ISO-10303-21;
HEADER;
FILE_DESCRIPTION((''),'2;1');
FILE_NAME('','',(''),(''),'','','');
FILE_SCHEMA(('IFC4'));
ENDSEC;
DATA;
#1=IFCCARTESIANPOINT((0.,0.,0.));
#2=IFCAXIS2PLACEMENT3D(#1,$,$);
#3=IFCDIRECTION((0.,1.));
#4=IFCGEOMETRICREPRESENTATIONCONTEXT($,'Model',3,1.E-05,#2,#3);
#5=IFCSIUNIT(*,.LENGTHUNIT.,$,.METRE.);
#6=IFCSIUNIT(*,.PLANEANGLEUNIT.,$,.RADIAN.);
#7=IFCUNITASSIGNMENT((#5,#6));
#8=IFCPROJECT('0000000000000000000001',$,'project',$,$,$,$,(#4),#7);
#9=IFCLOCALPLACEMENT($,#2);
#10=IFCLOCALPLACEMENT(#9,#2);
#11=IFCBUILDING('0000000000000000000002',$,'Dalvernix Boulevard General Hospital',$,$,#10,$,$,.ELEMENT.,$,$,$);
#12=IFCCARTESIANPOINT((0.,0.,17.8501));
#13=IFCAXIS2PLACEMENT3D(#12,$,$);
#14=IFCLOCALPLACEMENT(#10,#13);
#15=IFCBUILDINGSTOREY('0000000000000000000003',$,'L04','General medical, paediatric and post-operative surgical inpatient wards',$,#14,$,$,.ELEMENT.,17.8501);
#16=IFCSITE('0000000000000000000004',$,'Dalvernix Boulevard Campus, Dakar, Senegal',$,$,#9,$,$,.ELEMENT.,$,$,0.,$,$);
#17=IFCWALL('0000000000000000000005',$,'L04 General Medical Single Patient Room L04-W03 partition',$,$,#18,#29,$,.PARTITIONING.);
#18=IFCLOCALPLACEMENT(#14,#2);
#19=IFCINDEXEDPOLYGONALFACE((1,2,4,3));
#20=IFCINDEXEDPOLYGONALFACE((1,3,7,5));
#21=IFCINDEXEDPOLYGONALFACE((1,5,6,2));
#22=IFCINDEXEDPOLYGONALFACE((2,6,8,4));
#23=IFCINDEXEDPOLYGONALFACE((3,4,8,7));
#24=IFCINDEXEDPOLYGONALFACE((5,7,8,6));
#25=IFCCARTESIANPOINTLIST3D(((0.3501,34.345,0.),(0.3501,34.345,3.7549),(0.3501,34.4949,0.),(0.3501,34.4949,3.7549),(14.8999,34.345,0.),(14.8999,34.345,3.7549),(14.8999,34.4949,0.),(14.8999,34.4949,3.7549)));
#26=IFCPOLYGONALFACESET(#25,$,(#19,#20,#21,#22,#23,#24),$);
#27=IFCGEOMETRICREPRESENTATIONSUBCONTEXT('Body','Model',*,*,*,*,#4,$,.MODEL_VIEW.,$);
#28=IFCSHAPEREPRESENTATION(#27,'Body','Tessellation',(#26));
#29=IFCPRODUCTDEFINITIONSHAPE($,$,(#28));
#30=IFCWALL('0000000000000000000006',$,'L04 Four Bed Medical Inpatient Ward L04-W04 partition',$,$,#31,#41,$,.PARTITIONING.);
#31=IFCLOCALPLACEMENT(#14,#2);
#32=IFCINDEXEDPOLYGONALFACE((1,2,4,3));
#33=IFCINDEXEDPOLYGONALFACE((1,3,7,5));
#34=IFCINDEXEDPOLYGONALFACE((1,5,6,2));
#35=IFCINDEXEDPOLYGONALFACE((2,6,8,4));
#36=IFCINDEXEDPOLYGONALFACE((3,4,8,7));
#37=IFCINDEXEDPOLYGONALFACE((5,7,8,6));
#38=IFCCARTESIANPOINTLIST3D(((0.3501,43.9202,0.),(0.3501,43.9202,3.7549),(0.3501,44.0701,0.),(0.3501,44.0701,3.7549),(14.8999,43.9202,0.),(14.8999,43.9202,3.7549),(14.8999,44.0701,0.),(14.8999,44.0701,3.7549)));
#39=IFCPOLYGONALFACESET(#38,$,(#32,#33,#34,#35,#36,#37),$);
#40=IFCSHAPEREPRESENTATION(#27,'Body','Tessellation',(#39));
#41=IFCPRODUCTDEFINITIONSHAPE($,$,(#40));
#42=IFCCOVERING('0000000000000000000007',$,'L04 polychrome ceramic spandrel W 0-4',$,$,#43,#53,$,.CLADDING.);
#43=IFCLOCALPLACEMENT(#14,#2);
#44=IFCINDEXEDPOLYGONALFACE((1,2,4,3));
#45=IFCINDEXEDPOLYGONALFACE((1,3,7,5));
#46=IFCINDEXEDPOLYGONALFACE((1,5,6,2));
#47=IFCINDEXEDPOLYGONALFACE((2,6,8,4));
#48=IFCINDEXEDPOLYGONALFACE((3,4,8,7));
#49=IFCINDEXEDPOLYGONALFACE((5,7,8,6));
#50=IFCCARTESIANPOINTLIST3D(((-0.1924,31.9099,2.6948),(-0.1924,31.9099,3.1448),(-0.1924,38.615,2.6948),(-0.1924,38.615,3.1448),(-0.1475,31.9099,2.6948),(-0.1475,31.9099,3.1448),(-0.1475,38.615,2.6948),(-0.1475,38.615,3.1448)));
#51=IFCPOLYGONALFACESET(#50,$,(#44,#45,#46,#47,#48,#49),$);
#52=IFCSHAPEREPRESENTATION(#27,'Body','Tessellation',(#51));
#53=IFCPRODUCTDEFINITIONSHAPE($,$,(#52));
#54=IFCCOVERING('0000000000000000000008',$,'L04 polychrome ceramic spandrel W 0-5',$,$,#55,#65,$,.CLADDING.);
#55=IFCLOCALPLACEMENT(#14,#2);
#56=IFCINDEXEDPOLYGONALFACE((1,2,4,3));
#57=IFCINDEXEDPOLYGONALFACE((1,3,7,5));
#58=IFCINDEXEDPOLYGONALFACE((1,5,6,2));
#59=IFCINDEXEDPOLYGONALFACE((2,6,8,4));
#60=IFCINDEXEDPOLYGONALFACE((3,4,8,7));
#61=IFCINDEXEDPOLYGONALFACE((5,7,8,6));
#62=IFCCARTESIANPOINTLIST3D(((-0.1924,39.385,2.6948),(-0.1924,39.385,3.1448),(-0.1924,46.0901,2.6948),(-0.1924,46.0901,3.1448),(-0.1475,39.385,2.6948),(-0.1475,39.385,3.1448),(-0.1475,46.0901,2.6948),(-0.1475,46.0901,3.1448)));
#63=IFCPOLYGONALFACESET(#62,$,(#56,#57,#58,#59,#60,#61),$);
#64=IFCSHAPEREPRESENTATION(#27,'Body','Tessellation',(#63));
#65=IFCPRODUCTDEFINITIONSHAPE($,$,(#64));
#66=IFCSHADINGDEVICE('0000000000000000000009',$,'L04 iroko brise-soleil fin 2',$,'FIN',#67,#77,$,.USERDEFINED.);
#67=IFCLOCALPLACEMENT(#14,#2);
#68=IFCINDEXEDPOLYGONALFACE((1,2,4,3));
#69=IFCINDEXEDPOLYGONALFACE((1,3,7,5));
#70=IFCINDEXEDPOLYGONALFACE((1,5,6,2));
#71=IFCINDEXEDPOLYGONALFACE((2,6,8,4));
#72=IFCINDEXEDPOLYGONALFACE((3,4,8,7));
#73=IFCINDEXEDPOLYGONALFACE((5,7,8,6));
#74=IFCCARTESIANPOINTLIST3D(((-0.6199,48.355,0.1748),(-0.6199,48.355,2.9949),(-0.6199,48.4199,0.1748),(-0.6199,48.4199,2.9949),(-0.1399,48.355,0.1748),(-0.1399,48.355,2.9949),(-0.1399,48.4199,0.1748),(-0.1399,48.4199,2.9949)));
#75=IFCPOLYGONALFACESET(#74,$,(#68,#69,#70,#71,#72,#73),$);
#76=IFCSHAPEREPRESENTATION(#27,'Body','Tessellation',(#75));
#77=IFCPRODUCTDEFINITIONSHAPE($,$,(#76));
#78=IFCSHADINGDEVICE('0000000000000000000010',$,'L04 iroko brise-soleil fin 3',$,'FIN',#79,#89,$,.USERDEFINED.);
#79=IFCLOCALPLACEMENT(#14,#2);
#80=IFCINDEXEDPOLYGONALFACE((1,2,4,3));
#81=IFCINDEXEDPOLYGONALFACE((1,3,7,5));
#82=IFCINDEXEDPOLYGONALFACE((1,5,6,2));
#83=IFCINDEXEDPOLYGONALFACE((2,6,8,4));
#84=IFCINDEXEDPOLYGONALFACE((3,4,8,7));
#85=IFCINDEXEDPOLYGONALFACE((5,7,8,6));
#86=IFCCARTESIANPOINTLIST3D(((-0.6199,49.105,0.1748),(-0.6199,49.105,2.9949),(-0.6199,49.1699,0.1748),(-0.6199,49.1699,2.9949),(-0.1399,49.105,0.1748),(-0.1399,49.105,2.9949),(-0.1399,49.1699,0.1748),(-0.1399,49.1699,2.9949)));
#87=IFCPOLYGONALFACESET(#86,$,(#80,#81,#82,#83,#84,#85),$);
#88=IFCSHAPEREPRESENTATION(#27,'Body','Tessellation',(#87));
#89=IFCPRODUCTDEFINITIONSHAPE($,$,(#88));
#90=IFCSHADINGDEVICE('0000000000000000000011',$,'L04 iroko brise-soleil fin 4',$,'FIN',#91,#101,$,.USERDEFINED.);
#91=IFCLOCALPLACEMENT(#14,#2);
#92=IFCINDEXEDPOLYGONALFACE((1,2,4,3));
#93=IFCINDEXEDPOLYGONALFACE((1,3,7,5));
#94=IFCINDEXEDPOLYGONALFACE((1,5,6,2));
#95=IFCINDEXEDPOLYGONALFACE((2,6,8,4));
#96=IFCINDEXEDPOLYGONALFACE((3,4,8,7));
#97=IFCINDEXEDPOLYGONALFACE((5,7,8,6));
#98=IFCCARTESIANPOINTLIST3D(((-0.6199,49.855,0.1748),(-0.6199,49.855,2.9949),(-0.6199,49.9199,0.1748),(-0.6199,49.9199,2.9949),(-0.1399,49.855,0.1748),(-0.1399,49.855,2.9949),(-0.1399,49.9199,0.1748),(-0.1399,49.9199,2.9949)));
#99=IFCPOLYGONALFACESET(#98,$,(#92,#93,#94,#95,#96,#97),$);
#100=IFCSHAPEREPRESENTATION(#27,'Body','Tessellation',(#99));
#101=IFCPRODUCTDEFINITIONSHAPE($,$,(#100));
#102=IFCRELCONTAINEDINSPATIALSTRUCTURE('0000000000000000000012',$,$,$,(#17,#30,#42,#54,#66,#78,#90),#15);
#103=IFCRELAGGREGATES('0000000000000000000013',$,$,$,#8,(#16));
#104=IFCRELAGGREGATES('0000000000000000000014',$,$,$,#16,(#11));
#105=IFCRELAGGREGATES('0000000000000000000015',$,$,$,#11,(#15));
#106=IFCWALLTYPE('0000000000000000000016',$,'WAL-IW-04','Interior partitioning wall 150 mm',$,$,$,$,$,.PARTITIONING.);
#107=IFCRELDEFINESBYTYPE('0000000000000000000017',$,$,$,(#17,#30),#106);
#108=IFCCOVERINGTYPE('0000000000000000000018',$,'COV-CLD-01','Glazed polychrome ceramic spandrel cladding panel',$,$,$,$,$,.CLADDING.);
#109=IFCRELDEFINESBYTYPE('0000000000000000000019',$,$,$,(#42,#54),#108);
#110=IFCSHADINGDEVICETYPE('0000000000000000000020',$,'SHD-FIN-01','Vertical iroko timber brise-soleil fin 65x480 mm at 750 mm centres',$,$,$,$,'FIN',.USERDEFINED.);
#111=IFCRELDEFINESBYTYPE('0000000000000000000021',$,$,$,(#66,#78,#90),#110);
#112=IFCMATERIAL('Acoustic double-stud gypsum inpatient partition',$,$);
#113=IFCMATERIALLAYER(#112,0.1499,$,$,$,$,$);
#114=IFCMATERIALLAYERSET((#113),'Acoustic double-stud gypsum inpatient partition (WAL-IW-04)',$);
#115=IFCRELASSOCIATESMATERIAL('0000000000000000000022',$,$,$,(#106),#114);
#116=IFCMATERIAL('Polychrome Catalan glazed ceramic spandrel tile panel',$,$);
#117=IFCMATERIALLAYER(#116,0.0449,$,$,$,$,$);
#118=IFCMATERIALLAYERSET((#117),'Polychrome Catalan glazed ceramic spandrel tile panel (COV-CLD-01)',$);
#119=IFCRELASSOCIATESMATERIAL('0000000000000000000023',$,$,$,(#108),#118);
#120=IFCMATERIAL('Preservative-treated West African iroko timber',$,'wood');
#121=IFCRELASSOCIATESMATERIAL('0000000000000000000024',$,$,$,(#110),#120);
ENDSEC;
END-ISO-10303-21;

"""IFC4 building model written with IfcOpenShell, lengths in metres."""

from ifc_helpers import new_model, si_unit, direction, frame, frame_2d, origin, origin_2d, place, context, subcontext, project, spatial, rectangle, extrude, material, layer, layer_set, type_object, element, save


model = new_model("IFC4")

# Units and contexts
model_context = context("Model", 3, precision=1e-05, world=origin(), true_north=direction((0.0, 1.0)))
body_context = subcontext(model_context, "Body", "Model", "MODEL_VIEW")
ifc_project = project(units=[si_unit("LENGTHUNIT", "METRE"), si_unit("PLANEANGLEUNIT", "RADIAN")], contexts=[model_context])

# Site, building, storey
site_placement = place(None, origin())
site = spatial("IfcSite", under=ifc_project, at=site_placement, Name="Dalvernix Boulevard Campus, Dakar, Senegal", CompositionType="ELEMENT", RefElevation=0.0)
building_placement = place(site_placement, origin())
building = spatial("IfcBuilding", under=site, at=building_placement, Name="Dalvernix Boulevard General Hospital", CompositionType="ELEMENT")
storey_placement = place(building_placement, frame((0.0, 0.0, 17.8501)))
storey = spatial("IfcBuildingStorey", under=building, at=storey_placement, Name="L04", Description="General medical, paediatric and post-operative surgical inpatient wards", CompositionType="ELEMENT", Elevation=17.8501)

# Walls
ifc_material_1 = material(Name="Acoustic double-stud gypsum inpatient partition")
ifc_layer_1 = layer(ifc_material_1, 0.1499)
ifc_layer_set_1 = layer_set([ifc_layer_1], Name="Acoustic double-stud gypsum inpatient partition (WAL-IW-04)")
wall_type_1 = type_object("IfcWallType", Name="WAL-IW-04", Description="Interior partitioning wall 150 mm", PredefinedType="PARTITIONING", material=ifc_layer_set_1)
for number, where, z_axis, x_axis, name in (
    (1, (0.3501, 34.4199, 0.0), (0.0, 0.0, 1.0), (1.0, 0.0, 0.0), "L04 General Medical Single Patient Room L04-W03 partition"),
    (2, (0.3501, 43.9951, 0.0), (0.0, 0.0, 1.0), (1.0, 0.0, 0.0), "L04 Four Bed Medical Inpatient Ward L04-W04 partition"),
):
    element("IfcWall", number, at=place(storey_placement, frame(where, z_axis=z_axis, x_axis=x_axis)), inside=storey, type_object=wall_type_1, Name=name, PredefinedType="PARTITIONING", context=body_context, shape_type="SweptSolid", body=[
        extrude(rectangle(XDim=14.5498, YDim=0.1499, at=frame_2d((7.2749, 0.0))), origin(), (0.0, 0.0, 1.0), 3.7549),
    ])

# Coverings
ifc_material_2 = material(Name="Polychrome Catalan glazed ceramic spandrel tile panel")
ifc_layer_2 = layer(ifc_material_2, 0.0449)
ifc_layer_set_2 = layer_set([ifc_layer_2], Name="Polychrome Catalan glazed ceramic spandrel tile panel (COV-CLD-01)")
covering_type = type_object("IfcCoveringType", Name="COV-CLD-01", Description="Glazed polychrome ceramic spandrel cladding panel", PredefinedType="CLADDING", material=ifc_layer_set_2)
for number, where, z_axis, x_axis, name in (
    (3, (-0.1699, 35.2625, 2.6948), (0.0, 0.0, 1.0), (0.0, 1.0, 0.0), "L04 polychrome ceramic spandrel W 0-4"),
    (4, (-0.1699, 42.7375, 2.6948), (0.0, 0.0, 1.0), (0.0, 1.0, 0.0), "L04 polychrome ceramic spandrel W 0-5"),
):
    element("IfcCovering", number, at=place(storey_placement, frame(where, z_axis=z_axis, x_axis=x_axis)), inside=storey, type_object=covering_type, Name=name, PredefinedType="CLADDING", context=body_context, shape_type="SweptSolid", body=[
        extrude(rectangle(XDim=6.7051, YDim=0.0449, at=origin_2d()), origin(), (0.0, 0.0, 1.0), 0.45),
    ])

# Shading devices
ifc_material_3 = material(Name="Preservative-treated West African iroko timber", Category="wood")
shading_device_type = type_object("IfcShadingDeviceType", Name="SHD-FIN-01", Description="Vertical iroko timber brise-soleil fin 65x480 mm at 750 mm centres", ElementType="FIN", PredefinedType="USERDEFINED", material=ifc_material_3)
for number, where, z_axis, x_axis, name in (
    (5, (-0.3799, 48.3875, 0.1748), (0.0, 0.0, 1.0), (0.0, 1.0, 0.0), "L04 iroko brise-soleil fin 2"),
    (6, (-0.3799, 49.1375, 0.1748), (0.0, 0.0, 1.0), (0.0, 1.0, 0.0), "L04 iroko brise-soleil fin 3"),
    (7, (-0.3799, 49.8875, 0.1748), (0.0, 0.0, 1.0), (0.0, 1.0, 0.0), "L04 iroko brise-soleil fin 4"),
):
    element("IfcShadingDevice", number, at=place(storey_placement, frame(where, z_axis=z_axis, x_axis=x_axis)), inside=storey, type_object=shading_device_type, Name=name, ObjectType="FIN", PredefinedType="USERDEFINED", context=body_context, shape_type="SweptSolid", body=[
        extrude(rectangle(XDim=0.0649, YDim=0.48, at=origin_2d()), origin(), (0.0, 0.0, 1.0), 2.8201),
    ])

save(model, "model.ifc")
